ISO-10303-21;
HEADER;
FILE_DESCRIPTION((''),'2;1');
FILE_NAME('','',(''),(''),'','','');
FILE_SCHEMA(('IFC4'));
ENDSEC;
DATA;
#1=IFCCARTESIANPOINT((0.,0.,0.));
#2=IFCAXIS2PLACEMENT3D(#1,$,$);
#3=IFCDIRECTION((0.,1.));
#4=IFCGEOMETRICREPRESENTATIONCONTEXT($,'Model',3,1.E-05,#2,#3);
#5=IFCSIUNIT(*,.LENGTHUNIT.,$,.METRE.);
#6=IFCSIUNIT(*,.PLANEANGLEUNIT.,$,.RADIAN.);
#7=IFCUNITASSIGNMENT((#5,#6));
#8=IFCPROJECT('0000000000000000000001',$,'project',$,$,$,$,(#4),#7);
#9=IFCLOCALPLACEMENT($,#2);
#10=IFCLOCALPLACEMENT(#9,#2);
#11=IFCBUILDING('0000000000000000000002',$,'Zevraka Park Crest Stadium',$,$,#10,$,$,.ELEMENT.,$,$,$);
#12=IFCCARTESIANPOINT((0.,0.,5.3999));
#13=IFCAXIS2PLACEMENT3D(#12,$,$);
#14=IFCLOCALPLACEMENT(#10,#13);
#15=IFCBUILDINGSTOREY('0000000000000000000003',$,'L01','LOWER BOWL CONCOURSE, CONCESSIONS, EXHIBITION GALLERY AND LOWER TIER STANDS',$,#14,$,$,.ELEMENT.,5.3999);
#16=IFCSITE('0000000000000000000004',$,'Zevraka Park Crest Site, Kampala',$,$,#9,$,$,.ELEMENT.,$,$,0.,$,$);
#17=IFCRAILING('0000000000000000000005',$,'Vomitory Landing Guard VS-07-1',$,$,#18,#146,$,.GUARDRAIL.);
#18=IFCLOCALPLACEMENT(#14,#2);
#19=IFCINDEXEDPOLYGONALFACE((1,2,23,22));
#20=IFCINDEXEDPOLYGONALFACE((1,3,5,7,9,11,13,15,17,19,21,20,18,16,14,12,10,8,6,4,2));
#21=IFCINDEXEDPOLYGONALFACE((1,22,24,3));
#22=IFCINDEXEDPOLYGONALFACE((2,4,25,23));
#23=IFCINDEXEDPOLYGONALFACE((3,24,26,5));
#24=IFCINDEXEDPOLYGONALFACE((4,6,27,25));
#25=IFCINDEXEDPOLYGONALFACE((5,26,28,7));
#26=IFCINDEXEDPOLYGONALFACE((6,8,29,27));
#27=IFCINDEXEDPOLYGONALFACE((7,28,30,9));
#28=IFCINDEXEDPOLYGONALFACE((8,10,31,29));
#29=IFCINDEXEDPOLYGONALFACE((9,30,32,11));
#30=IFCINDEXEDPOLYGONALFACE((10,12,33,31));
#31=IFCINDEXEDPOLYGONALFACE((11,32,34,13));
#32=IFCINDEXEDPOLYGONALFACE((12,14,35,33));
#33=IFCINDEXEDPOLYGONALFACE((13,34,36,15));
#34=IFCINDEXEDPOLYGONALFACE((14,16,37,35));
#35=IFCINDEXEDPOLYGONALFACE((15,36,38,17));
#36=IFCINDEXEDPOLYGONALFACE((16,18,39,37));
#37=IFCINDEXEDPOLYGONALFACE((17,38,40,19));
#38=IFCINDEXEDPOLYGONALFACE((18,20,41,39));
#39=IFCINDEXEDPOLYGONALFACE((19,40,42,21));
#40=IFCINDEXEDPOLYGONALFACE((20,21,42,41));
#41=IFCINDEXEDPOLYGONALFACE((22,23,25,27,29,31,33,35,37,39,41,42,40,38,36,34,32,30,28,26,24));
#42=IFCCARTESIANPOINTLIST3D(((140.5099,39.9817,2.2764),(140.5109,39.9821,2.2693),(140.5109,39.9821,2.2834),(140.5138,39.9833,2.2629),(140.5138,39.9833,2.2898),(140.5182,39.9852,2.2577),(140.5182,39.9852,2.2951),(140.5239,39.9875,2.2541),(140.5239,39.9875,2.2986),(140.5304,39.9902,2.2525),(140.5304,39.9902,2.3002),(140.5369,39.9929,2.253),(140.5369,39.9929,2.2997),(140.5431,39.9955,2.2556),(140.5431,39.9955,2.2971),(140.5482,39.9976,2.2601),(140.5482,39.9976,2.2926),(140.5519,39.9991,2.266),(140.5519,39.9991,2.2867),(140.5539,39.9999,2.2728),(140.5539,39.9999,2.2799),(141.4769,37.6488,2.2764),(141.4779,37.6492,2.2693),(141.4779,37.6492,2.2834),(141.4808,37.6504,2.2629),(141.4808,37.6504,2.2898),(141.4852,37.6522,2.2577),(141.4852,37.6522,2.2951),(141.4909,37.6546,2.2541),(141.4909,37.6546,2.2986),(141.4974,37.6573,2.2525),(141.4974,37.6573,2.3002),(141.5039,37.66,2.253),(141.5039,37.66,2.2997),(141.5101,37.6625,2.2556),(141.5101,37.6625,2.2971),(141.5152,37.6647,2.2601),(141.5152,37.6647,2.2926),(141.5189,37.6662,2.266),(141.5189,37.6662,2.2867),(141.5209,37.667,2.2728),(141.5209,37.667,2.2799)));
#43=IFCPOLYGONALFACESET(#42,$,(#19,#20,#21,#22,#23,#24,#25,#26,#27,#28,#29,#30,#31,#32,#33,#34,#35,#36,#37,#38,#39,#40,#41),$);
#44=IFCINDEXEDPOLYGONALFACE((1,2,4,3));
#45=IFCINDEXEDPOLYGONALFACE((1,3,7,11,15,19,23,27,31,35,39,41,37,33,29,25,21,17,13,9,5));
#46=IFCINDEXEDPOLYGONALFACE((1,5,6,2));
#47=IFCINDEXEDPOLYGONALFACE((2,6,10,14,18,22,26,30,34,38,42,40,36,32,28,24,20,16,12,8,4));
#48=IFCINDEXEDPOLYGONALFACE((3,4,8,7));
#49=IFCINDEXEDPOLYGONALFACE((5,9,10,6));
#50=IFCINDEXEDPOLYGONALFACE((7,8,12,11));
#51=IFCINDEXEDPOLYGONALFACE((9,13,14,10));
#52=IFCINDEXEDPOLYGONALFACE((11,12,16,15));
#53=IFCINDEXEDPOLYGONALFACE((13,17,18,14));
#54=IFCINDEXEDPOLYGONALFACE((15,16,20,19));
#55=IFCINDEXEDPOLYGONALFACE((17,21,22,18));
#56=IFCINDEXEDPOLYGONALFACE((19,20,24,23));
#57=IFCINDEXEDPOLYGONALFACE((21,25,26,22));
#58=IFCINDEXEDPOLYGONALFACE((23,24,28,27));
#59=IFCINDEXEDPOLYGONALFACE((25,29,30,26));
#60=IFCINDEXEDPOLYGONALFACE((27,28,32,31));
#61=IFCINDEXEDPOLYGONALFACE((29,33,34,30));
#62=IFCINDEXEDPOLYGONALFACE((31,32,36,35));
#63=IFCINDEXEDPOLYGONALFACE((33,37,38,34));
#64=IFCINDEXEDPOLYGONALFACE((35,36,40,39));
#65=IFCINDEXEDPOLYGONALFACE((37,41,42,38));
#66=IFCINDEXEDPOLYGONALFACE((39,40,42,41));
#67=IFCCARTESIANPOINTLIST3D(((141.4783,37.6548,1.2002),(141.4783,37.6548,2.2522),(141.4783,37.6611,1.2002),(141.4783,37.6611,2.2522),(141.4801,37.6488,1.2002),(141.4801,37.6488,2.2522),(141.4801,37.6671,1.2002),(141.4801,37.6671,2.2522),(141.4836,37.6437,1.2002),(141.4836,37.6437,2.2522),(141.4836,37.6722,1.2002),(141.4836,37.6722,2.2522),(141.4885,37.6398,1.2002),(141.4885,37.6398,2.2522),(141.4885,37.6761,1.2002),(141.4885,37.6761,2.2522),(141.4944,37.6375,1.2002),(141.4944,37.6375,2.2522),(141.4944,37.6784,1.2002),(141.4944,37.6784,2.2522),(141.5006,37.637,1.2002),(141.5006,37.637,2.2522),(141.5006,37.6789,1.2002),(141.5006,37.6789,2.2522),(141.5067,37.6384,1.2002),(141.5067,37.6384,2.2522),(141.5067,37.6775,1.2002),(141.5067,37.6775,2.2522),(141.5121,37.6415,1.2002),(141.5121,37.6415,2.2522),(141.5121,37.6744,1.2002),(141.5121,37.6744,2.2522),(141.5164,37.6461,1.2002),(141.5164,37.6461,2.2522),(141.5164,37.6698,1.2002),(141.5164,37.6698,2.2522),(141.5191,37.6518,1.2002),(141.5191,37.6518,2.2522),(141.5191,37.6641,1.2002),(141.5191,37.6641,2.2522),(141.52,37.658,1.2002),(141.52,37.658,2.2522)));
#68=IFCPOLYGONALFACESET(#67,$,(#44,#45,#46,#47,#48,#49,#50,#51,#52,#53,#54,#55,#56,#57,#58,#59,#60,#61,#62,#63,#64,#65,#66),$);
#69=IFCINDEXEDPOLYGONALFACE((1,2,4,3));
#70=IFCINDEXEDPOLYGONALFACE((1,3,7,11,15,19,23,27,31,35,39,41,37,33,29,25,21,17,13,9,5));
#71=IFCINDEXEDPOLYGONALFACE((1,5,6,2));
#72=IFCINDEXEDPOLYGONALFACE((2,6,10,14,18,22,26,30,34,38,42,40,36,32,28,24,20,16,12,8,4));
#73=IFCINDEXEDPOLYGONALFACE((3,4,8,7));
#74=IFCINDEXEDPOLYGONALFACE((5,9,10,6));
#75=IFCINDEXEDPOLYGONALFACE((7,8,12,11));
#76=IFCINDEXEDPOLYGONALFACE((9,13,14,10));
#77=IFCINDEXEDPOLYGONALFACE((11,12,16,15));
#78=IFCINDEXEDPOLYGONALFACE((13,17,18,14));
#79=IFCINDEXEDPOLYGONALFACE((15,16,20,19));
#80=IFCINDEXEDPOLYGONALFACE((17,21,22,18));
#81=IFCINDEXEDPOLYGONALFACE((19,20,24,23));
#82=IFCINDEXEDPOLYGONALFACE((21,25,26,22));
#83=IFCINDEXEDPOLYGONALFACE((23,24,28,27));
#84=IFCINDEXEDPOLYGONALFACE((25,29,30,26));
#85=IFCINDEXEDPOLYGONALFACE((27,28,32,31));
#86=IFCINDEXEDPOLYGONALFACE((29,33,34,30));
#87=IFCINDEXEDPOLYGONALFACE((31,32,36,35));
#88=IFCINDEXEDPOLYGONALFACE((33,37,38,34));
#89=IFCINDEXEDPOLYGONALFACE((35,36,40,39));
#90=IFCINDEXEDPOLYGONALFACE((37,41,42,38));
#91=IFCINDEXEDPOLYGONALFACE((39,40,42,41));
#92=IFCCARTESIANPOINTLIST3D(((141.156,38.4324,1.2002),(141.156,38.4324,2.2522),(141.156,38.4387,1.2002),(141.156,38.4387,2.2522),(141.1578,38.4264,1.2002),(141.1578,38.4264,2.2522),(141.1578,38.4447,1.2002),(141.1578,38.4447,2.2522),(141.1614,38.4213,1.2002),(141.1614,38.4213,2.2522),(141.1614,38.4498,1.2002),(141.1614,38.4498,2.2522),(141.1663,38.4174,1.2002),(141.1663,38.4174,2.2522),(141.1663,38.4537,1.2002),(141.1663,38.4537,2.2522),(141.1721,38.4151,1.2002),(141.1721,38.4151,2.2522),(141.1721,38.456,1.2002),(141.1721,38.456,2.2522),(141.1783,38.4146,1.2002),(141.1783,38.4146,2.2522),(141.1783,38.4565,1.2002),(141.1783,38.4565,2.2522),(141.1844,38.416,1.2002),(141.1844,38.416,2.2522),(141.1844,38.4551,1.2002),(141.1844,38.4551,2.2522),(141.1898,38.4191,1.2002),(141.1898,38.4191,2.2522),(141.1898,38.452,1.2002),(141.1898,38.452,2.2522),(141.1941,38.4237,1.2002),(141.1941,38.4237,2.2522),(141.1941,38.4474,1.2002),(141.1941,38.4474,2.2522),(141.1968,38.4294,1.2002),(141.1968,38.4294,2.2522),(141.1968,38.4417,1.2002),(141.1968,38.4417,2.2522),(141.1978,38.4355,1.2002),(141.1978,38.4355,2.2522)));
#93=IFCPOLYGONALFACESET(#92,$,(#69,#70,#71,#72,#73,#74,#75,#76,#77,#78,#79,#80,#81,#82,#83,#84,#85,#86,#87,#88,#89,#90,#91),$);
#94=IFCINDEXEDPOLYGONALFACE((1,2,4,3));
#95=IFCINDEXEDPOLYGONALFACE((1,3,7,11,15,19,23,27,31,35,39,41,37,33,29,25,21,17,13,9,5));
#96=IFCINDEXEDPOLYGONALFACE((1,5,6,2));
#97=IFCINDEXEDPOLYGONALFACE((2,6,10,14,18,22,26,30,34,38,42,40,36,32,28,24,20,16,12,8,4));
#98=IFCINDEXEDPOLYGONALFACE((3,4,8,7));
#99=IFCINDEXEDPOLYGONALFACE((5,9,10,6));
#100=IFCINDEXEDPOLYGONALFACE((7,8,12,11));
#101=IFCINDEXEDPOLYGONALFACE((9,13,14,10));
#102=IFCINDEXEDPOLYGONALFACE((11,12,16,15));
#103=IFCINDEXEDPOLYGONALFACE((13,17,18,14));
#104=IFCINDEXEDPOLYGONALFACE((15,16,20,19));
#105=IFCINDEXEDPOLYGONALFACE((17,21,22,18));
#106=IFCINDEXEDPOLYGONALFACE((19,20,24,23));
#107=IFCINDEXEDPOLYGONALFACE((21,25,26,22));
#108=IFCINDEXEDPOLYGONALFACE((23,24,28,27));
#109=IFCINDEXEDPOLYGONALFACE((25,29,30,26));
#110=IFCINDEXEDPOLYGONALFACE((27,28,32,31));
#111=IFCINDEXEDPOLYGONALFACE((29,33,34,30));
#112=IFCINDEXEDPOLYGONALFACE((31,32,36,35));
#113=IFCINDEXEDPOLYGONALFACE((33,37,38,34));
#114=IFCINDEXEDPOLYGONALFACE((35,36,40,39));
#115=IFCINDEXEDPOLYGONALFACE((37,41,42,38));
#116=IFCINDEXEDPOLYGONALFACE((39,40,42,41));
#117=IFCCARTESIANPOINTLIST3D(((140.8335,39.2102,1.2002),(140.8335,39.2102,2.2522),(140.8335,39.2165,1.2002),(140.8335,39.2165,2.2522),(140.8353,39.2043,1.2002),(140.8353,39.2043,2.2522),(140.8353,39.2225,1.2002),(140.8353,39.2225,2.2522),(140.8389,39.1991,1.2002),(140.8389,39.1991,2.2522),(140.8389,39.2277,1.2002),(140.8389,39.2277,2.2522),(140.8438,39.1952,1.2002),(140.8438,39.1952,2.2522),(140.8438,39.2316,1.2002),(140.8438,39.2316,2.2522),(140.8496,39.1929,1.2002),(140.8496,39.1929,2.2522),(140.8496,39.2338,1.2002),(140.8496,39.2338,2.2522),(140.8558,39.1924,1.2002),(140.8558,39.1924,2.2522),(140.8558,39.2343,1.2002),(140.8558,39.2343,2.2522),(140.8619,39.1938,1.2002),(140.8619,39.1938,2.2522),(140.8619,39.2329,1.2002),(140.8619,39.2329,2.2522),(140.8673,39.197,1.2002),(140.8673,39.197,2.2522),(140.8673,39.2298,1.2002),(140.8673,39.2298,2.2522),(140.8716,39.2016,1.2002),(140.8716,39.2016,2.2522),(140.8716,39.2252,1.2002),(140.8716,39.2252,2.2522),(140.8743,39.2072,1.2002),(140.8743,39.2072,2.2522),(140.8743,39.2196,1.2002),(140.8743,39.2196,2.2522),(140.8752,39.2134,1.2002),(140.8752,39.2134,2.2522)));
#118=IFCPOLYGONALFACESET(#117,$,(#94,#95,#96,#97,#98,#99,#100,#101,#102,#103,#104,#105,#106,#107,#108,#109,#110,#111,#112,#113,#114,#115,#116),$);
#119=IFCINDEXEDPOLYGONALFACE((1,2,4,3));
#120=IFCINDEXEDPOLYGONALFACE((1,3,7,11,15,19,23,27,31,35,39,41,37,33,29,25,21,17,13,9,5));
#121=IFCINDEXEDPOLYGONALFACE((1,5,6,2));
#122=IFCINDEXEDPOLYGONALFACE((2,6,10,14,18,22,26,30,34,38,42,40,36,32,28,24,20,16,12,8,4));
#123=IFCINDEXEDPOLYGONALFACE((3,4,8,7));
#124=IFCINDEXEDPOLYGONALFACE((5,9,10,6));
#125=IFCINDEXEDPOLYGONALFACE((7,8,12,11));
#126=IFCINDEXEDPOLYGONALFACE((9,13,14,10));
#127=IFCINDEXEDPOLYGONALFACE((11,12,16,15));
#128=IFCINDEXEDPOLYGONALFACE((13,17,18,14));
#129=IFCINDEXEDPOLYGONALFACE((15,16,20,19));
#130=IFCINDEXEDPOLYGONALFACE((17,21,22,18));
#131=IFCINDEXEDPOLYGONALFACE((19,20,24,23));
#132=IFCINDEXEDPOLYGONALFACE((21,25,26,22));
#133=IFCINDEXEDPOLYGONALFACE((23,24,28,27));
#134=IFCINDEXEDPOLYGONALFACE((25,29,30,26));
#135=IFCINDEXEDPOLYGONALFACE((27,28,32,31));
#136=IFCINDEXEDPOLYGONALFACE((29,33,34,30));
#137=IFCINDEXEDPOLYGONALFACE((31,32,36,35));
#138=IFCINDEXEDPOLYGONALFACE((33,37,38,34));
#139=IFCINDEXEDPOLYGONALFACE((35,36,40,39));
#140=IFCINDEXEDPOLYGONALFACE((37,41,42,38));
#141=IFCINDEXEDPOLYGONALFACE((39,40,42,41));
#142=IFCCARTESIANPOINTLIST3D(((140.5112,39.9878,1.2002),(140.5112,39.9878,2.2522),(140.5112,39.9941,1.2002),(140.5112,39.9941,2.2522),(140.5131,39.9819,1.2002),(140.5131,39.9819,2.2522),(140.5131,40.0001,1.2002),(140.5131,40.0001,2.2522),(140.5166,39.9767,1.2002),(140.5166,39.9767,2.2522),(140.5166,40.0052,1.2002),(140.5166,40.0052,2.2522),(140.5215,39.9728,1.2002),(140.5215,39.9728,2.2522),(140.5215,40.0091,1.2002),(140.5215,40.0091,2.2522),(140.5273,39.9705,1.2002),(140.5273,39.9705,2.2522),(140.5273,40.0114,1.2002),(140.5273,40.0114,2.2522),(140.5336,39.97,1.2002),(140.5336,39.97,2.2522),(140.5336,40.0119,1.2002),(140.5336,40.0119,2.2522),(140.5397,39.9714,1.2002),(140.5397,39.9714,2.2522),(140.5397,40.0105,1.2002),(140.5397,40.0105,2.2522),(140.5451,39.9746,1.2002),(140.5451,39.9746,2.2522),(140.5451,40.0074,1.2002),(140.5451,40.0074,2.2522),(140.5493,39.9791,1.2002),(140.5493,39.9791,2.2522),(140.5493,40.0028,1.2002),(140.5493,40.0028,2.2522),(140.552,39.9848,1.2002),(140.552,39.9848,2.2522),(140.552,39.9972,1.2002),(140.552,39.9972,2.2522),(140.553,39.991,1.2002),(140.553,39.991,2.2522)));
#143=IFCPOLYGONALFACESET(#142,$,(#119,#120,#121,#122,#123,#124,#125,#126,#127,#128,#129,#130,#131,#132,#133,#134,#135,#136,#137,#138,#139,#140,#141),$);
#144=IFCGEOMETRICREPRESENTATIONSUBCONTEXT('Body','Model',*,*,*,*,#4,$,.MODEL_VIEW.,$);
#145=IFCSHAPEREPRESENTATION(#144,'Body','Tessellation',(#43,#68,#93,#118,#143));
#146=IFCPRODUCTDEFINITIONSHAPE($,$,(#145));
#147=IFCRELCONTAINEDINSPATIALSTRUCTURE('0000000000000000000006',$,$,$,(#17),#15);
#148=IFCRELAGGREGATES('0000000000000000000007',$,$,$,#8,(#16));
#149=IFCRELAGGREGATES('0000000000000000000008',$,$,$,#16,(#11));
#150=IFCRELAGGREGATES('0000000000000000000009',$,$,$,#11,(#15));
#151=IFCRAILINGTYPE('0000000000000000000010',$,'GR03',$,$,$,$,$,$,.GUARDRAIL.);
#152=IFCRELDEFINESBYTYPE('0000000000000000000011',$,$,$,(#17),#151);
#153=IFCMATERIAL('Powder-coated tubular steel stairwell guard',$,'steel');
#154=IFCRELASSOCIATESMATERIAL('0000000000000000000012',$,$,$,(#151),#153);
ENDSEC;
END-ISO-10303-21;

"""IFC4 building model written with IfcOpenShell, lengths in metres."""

from ifc_helpers import new_model, si_unit, direction, frame, origin, origin_2d, place, context, subcontext, project, spatial, circle, extrude, material, type_object, element, save


model = new_model("IFC4")

# Units and contexts
model_context = context("Model", 3, precision=1e-05, world=origin(), true_north=direction((0.0, 1.0)))
body_context = subcontext(model_context, "Body", "Model", "MODEL_VIEW")
ifc_project = project(units=[si_unit("LENGTHUNIT", "METRE"), si_unit("PLANEANGLEUNIT", "RADIAN")], contexts=[model_context])

# Site, building, storey
site_placement = place(None, origin())
site = spatial("IfcSite", under=ifc_project, at=site_placement, Name="Zevraka Park Crest Site, Kampala", CompositionType="ELEMENT", RefElevation=0.0)
building_placement = place(site_placement, origin())
building = spatial("IfcBuilding", under=site, at=building_placement, Name="Zevraka Park Crest Stadium", CompositionType="ELEMENT")
storey_placement = place(building_placement, frame((0.0, 0.0, 5.3999)))
storey = spatial("IfcBuildingStorey", under=building, at=storey_placement, Name="L01", Description="LOWER BOWL CONCOURSE, CONCESSIONS, EXHIBITION GALLERY AND LOWER TIER STANDS", CompositionType="ELEMENT", Elevation=5.3999)

# Railing
ifc_material_1 = material(Name="Powder-coated tubular steel stairwell guard", Category="steel")
railing_type_1 = type_object("IfcRailingType", Name="GR03", PredefinedType="GUARDRAIL", material=ifc_material_1)
railing_1_placement = place(storey_placement, frame((141.499, 37.658, 1.2002)))
element("IfcRailing", 1, at=railing_1_placement, inside=storey, type_object=railing_type_1, Name="Vomitory Landing Guard VS-07-1", PredefinedType="GUARDRAIL", context=body_context, shape_type="SweptSolid", body=[
    extrude(circle(Radius=0.0239, at=origin_2d()), frame((0.0, 0.0, 1.0762), z_axis=(-0.382912, 0.923785, 0.0), x_axis=(-0.923785, -0.382912, 0.0)), (0.0, 0.0, 1.0), 2.5254),
    extrude(circle(Radius=0.021, at=origin_2d()), origin(), (0.0, 0.0, 1.0), 1.052),
    extrude(circle(Radius=0.021, at=origin_2d()), frame((-0.3223, 0.7776, 0.0)), (0.0, 0.0, 1.0), 1.052),
    extrude(circle(Radius=0.021, at=origin_2d()), frame((-0.6448, 1.5554, 0.0)), (0.0, 0.0, 1.0), 1.052),
    extrude(circle(Radius=0.021, at=origin_2d()), frame((-0.967, 2.333, 0.0)), (0.0, 0.0, 1.0), 1.052),
])

save(model, "model.ifc")
